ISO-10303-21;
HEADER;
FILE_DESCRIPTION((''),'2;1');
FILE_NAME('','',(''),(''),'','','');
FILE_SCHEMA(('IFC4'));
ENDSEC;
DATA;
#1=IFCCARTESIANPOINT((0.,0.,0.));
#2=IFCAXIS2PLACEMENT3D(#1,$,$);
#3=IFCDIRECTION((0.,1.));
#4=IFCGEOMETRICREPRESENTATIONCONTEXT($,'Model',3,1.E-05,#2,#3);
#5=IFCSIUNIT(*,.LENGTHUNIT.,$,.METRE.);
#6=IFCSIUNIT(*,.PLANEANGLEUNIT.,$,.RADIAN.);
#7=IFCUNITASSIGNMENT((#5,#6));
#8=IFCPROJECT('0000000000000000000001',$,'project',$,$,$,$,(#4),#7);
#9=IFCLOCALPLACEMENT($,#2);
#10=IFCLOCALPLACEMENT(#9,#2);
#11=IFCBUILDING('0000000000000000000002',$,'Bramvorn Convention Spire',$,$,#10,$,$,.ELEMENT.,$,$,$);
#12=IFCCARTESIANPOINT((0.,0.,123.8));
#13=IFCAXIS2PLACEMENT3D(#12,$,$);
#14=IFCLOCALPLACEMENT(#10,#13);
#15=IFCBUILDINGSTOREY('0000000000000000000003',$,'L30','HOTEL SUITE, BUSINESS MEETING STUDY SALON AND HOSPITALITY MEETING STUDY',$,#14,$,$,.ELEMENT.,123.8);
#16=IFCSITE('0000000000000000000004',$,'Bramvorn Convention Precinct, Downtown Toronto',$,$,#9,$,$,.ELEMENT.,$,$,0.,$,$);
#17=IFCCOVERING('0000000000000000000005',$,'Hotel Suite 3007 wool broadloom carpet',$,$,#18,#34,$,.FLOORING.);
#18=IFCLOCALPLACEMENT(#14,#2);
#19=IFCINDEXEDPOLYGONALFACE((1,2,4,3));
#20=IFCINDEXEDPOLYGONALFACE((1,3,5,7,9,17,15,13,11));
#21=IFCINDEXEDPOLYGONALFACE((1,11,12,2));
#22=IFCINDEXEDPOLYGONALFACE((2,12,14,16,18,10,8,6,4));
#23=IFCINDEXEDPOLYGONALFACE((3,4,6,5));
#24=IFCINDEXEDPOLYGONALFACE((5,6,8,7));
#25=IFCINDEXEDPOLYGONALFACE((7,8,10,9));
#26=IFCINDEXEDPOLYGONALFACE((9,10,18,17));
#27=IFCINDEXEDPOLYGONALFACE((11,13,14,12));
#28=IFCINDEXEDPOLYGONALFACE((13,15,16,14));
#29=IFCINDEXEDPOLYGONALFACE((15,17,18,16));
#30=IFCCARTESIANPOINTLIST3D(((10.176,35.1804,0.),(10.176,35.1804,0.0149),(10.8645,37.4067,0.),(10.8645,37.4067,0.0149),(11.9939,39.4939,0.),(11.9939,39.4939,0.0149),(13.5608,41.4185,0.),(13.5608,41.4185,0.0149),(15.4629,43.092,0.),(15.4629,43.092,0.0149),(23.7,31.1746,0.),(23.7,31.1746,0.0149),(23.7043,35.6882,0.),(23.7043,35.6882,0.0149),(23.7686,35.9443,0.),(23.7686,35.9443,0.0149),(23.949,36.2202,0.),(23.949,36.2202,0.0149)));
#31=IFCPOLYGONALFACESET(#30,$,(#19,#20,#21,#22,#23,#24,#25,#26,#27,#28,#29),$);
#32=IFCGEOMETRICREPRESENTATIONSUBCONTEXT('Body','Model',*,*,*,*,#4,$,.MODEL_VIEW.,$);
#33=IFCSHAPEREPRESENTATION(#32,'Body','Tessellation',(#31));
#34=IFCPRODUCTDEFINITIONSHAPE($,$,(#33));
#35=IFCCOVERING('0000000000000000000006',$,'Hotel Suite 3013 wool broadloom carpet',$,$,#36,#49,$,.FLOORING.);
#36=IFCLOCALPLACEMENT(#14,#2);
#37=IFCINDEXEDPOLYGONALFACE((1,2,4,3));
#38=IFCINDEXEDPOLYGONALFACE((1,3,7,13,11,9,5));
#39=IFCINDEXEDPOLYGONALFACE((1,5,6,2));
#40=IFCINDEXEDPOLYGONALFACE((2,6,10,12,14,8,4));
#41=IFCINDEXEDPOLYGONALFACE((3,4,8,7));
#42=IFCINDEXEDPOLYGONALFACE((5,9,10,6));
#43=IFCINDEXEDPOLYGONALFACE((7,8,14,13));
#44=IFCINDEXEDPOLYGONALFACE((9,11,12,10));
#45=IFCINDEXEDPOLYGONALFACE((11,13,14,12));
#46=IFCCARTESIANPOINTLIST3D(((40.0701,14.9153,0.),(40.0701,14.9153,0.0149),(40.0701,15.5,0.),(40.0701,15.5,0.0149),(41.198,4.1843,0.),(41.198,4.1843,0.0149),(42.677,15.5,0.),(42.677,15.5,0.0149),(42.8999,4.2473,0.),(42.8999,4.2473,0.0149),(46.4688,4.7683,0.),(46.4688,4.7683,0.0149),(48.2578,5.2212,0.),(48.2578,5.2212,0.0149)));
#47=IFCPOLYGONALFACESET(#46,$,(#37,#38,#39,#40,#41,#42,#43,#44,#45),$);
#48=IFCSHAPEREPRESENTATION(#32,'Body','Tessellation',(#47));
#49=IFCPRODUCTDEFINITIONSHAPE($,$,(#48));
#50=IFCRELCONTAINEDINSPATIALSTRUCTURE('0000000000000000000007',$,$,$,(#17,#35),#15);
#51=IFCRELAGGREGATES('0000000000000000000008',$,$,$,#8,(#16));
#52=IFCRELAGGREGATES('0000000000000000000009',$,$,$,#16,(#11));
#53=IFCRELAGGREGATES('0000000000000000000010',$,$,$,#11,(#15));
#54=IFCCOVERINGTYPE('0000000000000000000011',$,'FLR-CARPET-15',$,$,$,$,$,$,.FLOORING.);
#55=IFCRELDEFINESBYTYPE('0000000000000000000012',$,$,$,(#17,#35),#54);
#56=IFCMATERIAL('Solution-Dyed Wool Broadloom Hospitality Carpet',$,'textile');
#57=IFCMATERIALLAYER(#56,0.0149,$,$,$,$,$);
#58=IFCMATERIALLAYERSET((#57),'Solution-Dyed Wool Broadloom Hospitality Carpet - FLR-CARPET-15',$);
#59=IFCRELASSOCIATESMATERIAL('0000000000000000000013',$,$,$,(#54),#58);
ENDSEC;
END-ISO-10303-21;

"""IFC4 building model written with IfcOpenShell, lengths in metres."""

from ifc_helpers import new_model, si_unit, direction, frame, origin, place, context, subcontext, project, spatial, polyline, outline, extrude, material, layer, layer_set, type_object, element, save


model = new_model("IFC4")

# Units and contexts
model_context = context("Model", 3, precision=1e-05, world=origin(), true_north=direction((0.0, 1.0)))
body_context = subcontext(model_context, "Body", "Model", "MODEL_VIEW")
ifc_project = project(units=[si_unit("LENGTHUNIT", "METRE"), si_unit("PLANEANGLEUNIT", "RADIAN")], contexts=[model_context])

# Site, building, storey
site_placement = place(None, origin())
site = spatial("IfcSite", under=ifc_project, at=site_placement, Name="Bramvorn Convention Precinct, Downtown Toronto", CompositionType="ELEMENT", RefElevation=0.0)
building_placement = place(site_placement, origin())
building = spatial("IfcBuilding", under=site, at=building_placement, Name="Bramvorn Convention Spire", CompositionType="ELEMENT")
storey_placement = place(building_placement, frame((0.0, 0.0, 123.8)))
storey = spatial("IfcBuildingStorey", under=building, at=storey_placement, Name="L30", Description="HOTEL SUITE, BUSINESS MEETING STUDY SALON AND HOSPITALITY MEETING STUDY", CompositionType="ELEMENT", Elevation=123.8)

# Coverings
ifc_material_1 = material(Name="Solution-Dyed Wool Broadloom Hospitality Carpet", Category="textile")
ifc_layer_1 = layer(ifc_material_1, 0.0149)
ifc_layer_set_1 = layer_set([ifc_layer_1], Name="Solution-Dyed Wool Broadloom Hospitality Carpet - FLR-CARPET-15")
covering_type = type_object("IfcCoveringType", Name="FLR-CARPET-15", PredefinedType="FLOORING", material=ifc_layer_set_1)
covering_1_placement = place(storey_placement, origin())
element("IfcCovering", 1, at=covering_1_placement, inside=storey, type_object=covering_type, Name="Hotel Suite 3007 wool broadloom carpet", PredefinedType="FLOORING", context=body_context, shape_type="SweptSolid", body=[
    extrude(outline(polyline([(23.7, 31.1746), (23.7043, 35.6882), (23.7686, 35.9443), (23.949, 36.2202), (15.4629, 43.092), (13.5608, 41.4185), (11.9939, 39.4939), (10.8645, 37.4067), (10.176, 35.1804), (23.7, 31.1746)])), origin(), (0.0, 0.0, 1.0), 0.0149),
])
covering_2_placement = place(storey_placement, origin())
element("IfcCovering", 2, at=covering_2_placement, inside=storey, type_object=covering_type, Name="Hotel Suite 3013 wool broadloom carpet", PredefinedType="FLOORING", context=body_context, shape_type="SweptSolid", body=[
    extrude(outline(polyline([(46.4688, 4.7683), (48.2578, 5.2212), (42.677, 15.5), (40.0701, 15.5), (40.0701, 14.9153), (41.198, 4.1843), (42.8999, 4.2473), (46.4688, 4.7683)])), origin(), (0.0, 0.0, 1.0), 0.0149),
])

save(model, "model.ifc")
